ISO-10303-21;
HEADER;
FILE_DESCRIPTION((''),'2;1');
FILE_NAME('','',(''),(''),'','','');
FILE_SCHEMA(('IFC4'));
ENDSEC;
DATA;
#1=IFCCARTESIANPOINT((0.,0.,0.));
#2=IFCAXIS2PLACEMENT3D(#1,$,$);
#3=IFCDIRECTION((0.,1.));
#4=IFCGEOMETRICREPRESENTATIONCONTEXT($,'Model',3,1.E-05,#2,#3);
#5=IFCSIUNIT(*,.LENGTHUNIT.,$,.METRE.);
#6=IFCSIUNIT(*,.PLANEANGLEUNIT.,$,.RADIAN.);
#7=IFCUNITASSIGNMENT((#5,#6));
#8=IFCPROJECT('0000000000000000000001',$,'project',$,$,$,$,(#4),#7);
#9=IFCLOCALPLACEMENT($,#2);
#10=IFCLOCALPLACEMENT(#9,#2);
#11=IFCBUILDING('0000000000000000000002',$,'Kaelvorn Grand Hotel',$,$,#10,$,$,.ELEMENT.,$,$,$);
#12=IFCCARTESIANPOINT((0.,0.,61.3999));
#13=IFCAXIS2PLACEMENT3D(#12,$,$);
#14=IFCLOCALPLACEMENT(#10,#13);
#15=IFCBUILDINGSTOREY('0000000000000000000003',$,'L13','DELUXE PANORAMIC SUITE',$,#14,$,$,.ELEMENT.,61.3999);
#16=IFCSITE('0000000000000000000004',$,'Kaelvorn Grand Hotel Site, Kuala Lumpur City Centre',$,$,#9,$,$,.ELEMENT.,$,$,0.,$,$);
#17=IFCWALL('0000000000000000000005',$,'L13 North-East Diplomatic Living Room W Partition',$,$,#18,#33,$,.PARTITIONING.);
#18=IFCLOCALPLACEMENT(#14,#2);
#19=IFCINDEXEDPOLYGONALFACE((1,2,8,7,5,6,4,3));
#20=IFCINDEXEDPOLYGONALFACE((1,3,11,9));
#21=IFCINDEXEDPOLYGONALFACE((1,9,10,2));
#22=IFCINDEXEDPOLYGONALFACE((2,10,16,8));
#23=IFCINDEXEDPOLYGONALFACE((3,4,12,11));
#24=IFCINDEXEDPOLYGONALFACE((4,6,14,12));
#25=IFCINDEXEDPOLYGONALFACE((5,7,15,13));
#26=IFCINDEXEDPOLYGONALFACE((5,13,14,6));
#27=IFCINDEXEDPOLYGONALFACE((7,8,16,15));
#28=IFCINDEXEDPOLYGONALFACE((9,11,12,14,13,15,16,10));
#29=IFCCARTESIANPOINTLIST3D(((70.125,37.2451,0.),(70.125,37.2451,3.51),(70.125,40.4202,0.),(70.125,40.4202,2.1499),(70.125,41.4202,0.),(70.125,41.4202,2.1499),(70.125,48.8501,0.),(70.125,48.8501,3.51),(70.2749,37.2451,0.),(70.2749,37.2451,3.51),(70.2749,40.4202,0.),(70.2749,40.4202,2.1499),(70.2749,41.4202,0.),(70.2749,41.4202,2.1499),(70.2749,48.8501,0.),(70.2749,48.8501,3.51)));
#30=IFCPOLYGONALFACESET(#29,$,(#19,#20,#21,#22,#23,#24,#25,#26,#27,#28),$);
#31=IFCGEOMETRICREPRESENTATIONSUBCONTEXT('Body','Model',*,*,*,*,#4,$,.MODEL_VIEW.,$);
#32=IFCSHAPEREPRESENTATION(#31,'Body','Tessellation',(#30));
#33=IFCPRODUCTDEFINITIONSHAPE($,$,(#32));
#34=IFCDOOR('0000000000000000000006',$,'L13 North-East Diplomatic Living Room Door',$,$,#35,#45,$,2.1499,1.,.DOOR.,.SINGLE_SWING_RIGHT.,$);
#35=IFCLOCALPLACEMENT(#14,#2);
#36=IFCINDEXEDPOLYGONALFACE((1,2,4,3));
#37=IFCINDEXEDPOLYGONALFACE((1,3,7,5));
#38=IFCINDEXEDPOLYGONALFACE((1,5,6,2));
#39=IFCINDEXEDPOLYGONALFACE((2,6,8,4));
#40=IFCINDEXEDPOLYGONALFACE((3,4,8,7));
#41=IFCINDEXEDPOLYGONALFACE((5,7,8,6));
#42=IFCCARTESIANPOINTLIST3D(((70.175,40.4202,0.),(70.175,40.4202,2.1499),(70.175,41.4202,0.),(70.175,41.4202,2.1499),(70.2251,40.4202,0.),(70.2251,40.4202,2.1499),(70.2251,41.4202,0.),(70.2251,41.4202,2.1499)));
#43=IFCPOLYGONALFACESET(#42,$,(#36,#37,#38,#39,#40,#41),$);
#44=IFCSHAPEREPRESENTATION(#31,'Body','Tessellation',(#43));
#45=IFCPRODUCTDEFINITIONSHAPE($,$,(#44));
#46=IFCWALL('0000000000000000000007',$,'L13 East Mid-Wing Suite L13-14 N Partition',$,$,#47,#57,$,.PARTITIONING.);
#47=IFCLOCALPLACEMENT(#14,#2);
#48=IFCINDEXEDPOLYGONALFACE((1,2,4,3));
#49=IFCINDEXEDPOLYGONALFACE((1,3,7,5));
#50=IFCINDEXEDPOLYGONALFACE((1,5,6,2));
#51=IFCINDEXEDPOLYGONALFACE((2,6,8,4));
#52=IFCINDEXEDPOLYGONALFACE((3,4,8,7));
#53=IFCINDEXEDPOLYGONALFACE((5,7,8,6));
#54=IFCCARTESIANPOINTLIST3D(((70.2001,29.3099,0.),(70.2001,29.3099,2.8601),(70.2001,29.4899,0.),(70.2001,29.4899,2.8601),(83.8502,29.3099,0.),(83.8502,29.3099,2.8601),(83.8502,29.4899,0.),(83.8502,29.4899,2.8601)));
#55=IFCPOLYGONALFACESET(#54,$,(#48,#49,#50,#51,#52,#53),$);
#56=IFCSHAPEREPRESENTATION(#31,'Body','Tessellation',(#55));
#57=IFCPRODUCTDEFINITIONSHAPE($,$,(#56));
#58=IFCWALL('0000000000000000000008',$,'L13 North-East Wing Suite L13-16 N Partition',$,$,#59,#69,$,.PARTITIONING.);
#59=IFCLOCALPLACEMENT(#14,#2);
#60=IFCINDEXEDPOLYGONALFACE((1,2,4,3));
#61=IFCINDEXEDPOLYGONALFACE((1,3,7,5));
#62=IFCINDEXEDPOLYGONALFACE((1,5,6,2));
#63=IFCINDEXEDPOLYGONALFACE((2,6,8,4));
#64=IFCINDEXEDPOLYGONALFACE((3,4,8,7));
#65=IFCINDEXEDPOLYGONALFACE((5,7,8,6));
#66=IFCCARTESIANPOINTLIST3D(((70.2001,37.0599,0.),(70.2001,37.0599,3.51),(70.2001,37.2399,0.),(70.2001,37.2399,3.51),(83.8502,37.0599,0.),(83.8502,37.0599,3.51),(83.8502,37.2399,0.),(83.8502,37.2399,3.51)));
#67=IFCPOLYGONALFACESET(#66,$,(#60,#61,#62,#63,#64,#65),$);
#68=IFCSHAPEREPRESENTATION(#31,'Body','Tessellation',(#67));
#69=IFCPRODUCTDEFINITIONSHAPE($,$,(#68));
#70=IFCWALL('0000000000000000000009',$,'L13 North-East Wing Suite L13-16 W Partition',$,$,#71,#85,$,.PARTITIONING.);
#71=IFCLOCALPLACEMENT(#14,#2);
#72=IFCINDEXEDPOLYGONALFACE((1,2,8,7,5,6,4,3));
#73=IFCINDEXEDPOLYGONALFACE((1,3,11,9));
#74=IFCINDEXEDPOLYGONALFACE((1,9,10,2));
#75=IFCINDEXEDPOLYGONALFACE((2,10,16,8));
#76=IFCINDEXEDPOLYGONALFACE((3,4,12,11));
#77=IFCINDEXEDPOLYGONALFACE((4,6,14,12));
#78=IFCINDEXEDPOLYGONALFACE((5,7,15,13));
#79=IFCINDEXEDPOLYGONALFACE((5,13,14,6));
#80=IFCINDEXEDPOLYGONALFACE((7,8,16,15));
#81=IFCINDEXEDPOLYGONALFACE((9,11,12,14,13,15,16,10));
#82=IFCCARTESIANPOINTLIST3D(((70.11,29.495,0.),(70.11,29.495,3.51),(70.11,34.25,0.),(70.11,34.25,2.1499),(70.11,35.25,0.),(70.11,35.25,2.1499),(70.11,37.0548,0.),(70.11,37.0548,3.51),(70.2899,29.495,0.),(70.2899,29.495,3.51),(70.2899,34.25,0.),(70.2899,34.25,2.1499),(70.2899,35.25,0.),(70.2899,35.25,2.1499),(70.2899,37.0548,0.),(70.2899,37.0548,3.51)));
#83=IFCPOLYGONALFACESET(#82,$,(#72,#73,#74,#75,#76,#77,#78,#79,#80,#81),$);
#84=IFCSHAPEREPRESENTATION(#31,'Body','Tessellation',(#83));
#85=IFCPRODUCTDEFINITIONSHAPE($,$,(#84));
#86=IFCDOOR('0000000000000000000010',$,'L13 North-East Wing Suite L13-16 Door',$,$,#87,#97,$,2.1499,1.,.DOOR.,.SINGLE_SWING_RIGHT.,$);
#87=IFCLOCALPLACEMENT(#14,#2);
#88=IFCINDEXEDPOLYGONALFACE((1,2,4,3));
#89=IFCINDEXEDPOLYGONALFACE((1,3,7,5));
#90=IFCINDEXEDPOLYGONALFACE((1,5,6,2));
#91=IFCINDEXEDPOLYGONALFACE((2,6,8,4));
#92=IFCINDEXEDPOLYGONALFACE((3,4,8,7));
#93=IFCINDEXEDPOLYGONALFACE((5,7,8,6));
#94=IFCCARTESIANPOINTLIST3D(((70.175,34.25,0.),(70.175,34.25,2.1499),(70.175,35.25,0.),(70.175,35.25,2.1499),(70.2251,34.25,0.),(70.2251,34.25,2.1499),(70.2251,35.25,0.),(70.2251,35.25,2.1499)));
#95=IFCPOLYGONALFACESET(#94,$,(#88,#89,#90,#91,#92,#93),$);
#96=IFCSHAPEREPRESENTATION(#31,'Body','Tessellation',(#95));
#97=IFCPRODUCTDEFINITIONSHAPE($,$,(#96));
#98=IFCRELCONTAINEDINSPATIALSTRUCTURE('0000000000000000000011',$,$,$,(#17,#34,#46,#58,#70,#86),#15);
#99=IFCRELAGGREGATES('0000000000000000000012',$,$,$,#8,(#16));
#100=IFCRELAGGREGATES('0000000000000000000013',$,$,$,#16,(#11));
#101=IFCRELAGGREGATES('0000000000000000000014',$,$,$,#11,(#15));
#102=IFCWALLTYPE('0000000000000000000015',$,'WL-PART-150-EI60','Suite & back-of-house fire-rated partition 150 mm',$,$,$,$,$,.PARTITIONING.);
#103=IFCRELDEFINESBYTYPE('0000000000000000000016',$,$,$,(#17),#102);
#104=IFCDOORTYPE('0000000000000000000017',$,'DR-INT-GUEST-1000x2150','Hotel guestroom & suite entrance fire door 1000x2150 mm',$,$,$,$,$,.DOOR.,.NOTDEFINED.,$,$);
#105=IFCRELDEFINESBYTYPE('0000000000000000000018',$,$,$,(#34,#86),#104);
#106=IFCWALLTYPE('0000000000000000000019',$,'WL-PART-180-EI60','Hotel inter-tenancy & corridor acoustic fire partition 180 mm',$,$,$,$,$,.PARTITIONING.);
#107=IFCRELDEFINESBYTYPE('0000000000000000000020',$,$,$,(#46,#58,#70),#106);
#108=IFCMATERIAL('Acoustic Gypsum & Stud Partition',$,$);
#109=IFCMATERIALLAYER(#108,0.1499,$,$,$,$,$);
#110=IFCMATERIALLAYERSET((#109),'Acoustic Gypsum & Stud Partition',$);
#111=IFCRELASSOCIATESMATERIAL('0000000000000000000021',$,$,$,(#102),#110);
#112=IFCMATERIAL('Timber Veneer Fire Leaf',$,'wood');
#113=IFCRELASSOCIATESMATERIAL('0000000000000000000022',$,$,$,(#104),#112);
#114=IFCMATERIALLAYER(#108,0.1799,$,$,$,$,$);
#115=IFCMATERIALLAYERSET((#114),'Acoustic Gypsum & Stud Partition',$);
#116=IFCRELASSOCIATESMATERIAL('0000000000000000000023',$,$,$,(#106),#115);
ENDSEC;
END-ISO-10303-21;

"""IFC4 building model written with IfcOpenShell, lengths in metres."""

from ifc_helpers import new_model, si_unit, direction, frame, frame_2d, origin, place, context, subcontext, project, spatial, rectangle, extrude, material, layer, layer_set, type_object, element, fill, save


model = new_model("IFC4")

# Units and contexts
model_context = context("Model", 3, precision=1e-05, world=origin(), true_north=direction((0.0, 1.0)))
body_context = subcontext(model_context, "Body", "Model", "MODEL_VIEW")
ifc_project = project(units=[si_unit("LENGTHUNIT", "METRE"), si_unit("PLANEANGLEUNIT", "RADIAN")], contexts=[model_context])

# Site, building, storey
site_placement = place(None, origin())
site = spatial("IfcSite", under=ifc_project, at=site_placement, Name="Kaelvorn Grand Hotel Site, Kuala Lumpur City Centre", CompositionType="ELEMENT", RefElevation=0.0)
building_placement = place(site_placement, origin())
building = spatial("IfcBuilding", under=site, at=building_placement, Name="Kaelvorn Grand Hotel", CompositionType="ELEMENT")
storey_placement = place(building_placement, frame((0.0, 0.0, 61.3999)))
storey = spatial("IfcBuildingStorey", under=building, at=storey_placement, Name="L13", Description="DELUXE PANORAMIC SUITE", CompositionType="ELEMENT", Elevation=61.3999)

# Wall, opening, door
ifc_material_1 = material(Name="Acoustic Gypsum & Stud Partition")
ifc_layer_1 = layer(ifc_material_1, 0.1499)
ifc_layer_set_1 = layer_set([ifc_layer_1], Name="Acoustic Gypsum & Stud Partition")
wall_type_1 = type_object("IfcWallType", Name="WL-PART-150-EI60", Description="Suite & back-of-house fire-rated partition 150 mm", PredefinedType="PARTITIONING", material=ifc_layer_set_1)
wall_1_placement = place(storey_placement, frame((70.2, 37.2451, 0.0), z_axis=(0.0, 0.0, 1.0), x_axis=(0.0, 1.0, 0.0)))
wall_1 = element("IfcWall", 1, at=wall_1_placement, inside=storey, type_object=wall_type_1, Name="L13 North-East Diplomatic Living Room W Partition", PredefinedType="PARTITIONING", context=body_context, shape_type="SweptSolid", body=[
    extrude(rectangle(XDim=11.605, YDim=0.1499, at=frame_2d((5.8025, 0.0))), origin(), (0.0, 0.0, 1.0), 3.51),
])
opening_1_placement = place(wall_1_placement, frame((3.175, 0.0, 0.0)))
opening_1 = element("IfcOpeningElement", 2, at=opening_1_placement, cuts=wall_1, PredefinedType="OPENING", context=body_context, shape_type="SweptSolid", body=[
    extrude(rectangle(XDim=1.0, YDim=2.1499, at=frame_2d((0.5, 1.075))), frame((0.0, 0.085, 0.0), z_axis=(0.0, -1.0, 0.0), x_axis=(1.0, 0.0, 0.0)), (0.0, 0.0, 1.0), 0.1699),
])
ifc_material_2 = material(Name="Timber Veneer Fire Leaf", Category="wood")
door_type_1 = type_object("IfcDoorType", Name="DR-INT-GUEST-1000x2150", Description="Hotel guestroom & suite entrance fire door 1000x2150 mm", OperationType="NOTDEFINED", PredefinedType="DOOR", material=ifc_material_2)
door_1_placement = place(opening_1_placement, origin())
door_1 = element("IfcDoor", 3, at=door_1_placement, inside=storey, type_object=door_type_1, Name="L13 North-East Diplomatic Living Room Door", OperationType="SINGLE_SWING_RIGHT", OverallHeight=2.1499, OverallWidth=1.0, PredefinedType="DOOR", context=body_context, shape_type="SweptSolid", body=[
    extrude(rectangle(XDim=1.0, YDim=2.1499, at=frame_2d((0.5, 1.075))), frame((0.0, 0.0249, 0.0), z_axis=(0.0, -1.0, 0.0), x_axis=(1.0, 0.0, 0.0)), (0.0, 0.0, 1.0), 0.05),
])
fill(opening_1, door_1)

# Walls
ifc_layer_2 = layer(ifc_material_1, 0.1799)
ifc_layer_set_2 = layer_set([ifc_layer_2], Name="Acoustic Gypsum & Stud Partition")
wall_type_2 = type_object("IfcWallType", Name="WL-PART-180-EI60", Description="Hotel inter-tenancy & corridor acoustic fire partition 180 mm", PredefinedType="PARTITIONING", material=ifc_layer_set_2)
wall_2_placement = place(storey_placement, frame((70.2, 29.3999, 0.0), z_axis=(0.0, 0.0, 1.0), x_axis=(1.0, 0.0, 0.0)))
element("IfcWall", 4, at=wall_2_placement, inside=storey, type_object=wall_type_2, Name="L13 East Mid-Wing Suite L13-14 N Partition", PredefinedType="PARTITIONING", context=body_context, shape_type="SweptSolid", body=[
    extrude(rectangle(XDim=13.6501, YDim=0.1799, at=frame_2d((6.8252, 0.0))), origin(), (0.0, 0.0, 1.0), 2.8601),
])
wall_3_placement = place(storey_placement, frame((70.2, 37.1499, 0.0), z_axis=(0.0, 0.0, 1.0), x_axis=(1.0, 0.0, 0.0)))
element("IfcWall", 5, at=wall_3_placement, inside=storey, type_object=wall_type_2, Name="L13 North-East Wing Suite L13-16 N Partition", PredefinedType="PARTITIONING", context=body_context, shape_type="SweptSolid", body=[
    extrude(rectangle(XDim=13.6501, YDim=0.1799, at=frame_2d((6.8252, 0.0))), origin(), (0.0, 0.0, 1.0), 3.51),
])

# Wall, opening, door
wall_4_placement = place(storey_placement, frame((70.2, 29.4951, 0.0), z_axis=(0.0, 0.0, 1.0), x_axis=(0.0, 1.0, 0.0)))
wall_4 = element("IfcWall", 6, at=wall_4_placement, inside=storey, type_object=wall_type_2, Name="L13 North-East Wing Suite L13-16 W Partition", PredefinedType="PARTITIONING", context=body_context, shape_type="SweptSolid", body=[
    extrude(rectangle(XDim=7.5598, YDim=0.1799, at=frame_2d((3.7798, 0.0))), origin(), (0.0, 0.0, 1.0), 3.51),
])
opening_2_placement = place(wall_4_placement, frame((4.7549, 0.0, 0.0)))
opening_2 = element("IfcOpeningElement", 7, at=opening_2_placement, cuts=wall_4, PredefinedType="OPENING", context=body_context, shape_type="SweptSolid", body=[
    extrude(rectangle(XDim=1.0, YDim=2.1499, at=frame_2d((0.5, 1.075))), frame((0.0, 0.1001, 0.0), z_axis=(0.0, -1.0, 0.0), x_axis=(1.0, 0.0, 0.0)), (0.0, 0.0, 1.0), 0.2),
])
door_2_placement = place(opening_2_placement, origin())
door_2 = element("IfcDoor", 8, at=door_2_placement, inside=storey, type_object=door_type_1, Name="L13 North-East Wing Suite L13-16 Door", OperationType="SINGLE_SWING_RIGHT", OverallHeight=2.1499, OverallWidth=1.0, PredefinedType="DOOR", context=body_context, shape_type="SweptSolid", body=[
    extrude(rectangle(XDim=1.0, YDim=2.1499, at=frame_2d((0.5, 1.075))), frame((0.0, 0.0249, 0.0), z_axis=(0.0, -1.0, 0.0), x_axis=(1.0, 0.0, 0.0)), (0.0, 0.0, 1.0), 0.05),
])
fill(opening_2, door_2)

save(model, "model.ifc")
